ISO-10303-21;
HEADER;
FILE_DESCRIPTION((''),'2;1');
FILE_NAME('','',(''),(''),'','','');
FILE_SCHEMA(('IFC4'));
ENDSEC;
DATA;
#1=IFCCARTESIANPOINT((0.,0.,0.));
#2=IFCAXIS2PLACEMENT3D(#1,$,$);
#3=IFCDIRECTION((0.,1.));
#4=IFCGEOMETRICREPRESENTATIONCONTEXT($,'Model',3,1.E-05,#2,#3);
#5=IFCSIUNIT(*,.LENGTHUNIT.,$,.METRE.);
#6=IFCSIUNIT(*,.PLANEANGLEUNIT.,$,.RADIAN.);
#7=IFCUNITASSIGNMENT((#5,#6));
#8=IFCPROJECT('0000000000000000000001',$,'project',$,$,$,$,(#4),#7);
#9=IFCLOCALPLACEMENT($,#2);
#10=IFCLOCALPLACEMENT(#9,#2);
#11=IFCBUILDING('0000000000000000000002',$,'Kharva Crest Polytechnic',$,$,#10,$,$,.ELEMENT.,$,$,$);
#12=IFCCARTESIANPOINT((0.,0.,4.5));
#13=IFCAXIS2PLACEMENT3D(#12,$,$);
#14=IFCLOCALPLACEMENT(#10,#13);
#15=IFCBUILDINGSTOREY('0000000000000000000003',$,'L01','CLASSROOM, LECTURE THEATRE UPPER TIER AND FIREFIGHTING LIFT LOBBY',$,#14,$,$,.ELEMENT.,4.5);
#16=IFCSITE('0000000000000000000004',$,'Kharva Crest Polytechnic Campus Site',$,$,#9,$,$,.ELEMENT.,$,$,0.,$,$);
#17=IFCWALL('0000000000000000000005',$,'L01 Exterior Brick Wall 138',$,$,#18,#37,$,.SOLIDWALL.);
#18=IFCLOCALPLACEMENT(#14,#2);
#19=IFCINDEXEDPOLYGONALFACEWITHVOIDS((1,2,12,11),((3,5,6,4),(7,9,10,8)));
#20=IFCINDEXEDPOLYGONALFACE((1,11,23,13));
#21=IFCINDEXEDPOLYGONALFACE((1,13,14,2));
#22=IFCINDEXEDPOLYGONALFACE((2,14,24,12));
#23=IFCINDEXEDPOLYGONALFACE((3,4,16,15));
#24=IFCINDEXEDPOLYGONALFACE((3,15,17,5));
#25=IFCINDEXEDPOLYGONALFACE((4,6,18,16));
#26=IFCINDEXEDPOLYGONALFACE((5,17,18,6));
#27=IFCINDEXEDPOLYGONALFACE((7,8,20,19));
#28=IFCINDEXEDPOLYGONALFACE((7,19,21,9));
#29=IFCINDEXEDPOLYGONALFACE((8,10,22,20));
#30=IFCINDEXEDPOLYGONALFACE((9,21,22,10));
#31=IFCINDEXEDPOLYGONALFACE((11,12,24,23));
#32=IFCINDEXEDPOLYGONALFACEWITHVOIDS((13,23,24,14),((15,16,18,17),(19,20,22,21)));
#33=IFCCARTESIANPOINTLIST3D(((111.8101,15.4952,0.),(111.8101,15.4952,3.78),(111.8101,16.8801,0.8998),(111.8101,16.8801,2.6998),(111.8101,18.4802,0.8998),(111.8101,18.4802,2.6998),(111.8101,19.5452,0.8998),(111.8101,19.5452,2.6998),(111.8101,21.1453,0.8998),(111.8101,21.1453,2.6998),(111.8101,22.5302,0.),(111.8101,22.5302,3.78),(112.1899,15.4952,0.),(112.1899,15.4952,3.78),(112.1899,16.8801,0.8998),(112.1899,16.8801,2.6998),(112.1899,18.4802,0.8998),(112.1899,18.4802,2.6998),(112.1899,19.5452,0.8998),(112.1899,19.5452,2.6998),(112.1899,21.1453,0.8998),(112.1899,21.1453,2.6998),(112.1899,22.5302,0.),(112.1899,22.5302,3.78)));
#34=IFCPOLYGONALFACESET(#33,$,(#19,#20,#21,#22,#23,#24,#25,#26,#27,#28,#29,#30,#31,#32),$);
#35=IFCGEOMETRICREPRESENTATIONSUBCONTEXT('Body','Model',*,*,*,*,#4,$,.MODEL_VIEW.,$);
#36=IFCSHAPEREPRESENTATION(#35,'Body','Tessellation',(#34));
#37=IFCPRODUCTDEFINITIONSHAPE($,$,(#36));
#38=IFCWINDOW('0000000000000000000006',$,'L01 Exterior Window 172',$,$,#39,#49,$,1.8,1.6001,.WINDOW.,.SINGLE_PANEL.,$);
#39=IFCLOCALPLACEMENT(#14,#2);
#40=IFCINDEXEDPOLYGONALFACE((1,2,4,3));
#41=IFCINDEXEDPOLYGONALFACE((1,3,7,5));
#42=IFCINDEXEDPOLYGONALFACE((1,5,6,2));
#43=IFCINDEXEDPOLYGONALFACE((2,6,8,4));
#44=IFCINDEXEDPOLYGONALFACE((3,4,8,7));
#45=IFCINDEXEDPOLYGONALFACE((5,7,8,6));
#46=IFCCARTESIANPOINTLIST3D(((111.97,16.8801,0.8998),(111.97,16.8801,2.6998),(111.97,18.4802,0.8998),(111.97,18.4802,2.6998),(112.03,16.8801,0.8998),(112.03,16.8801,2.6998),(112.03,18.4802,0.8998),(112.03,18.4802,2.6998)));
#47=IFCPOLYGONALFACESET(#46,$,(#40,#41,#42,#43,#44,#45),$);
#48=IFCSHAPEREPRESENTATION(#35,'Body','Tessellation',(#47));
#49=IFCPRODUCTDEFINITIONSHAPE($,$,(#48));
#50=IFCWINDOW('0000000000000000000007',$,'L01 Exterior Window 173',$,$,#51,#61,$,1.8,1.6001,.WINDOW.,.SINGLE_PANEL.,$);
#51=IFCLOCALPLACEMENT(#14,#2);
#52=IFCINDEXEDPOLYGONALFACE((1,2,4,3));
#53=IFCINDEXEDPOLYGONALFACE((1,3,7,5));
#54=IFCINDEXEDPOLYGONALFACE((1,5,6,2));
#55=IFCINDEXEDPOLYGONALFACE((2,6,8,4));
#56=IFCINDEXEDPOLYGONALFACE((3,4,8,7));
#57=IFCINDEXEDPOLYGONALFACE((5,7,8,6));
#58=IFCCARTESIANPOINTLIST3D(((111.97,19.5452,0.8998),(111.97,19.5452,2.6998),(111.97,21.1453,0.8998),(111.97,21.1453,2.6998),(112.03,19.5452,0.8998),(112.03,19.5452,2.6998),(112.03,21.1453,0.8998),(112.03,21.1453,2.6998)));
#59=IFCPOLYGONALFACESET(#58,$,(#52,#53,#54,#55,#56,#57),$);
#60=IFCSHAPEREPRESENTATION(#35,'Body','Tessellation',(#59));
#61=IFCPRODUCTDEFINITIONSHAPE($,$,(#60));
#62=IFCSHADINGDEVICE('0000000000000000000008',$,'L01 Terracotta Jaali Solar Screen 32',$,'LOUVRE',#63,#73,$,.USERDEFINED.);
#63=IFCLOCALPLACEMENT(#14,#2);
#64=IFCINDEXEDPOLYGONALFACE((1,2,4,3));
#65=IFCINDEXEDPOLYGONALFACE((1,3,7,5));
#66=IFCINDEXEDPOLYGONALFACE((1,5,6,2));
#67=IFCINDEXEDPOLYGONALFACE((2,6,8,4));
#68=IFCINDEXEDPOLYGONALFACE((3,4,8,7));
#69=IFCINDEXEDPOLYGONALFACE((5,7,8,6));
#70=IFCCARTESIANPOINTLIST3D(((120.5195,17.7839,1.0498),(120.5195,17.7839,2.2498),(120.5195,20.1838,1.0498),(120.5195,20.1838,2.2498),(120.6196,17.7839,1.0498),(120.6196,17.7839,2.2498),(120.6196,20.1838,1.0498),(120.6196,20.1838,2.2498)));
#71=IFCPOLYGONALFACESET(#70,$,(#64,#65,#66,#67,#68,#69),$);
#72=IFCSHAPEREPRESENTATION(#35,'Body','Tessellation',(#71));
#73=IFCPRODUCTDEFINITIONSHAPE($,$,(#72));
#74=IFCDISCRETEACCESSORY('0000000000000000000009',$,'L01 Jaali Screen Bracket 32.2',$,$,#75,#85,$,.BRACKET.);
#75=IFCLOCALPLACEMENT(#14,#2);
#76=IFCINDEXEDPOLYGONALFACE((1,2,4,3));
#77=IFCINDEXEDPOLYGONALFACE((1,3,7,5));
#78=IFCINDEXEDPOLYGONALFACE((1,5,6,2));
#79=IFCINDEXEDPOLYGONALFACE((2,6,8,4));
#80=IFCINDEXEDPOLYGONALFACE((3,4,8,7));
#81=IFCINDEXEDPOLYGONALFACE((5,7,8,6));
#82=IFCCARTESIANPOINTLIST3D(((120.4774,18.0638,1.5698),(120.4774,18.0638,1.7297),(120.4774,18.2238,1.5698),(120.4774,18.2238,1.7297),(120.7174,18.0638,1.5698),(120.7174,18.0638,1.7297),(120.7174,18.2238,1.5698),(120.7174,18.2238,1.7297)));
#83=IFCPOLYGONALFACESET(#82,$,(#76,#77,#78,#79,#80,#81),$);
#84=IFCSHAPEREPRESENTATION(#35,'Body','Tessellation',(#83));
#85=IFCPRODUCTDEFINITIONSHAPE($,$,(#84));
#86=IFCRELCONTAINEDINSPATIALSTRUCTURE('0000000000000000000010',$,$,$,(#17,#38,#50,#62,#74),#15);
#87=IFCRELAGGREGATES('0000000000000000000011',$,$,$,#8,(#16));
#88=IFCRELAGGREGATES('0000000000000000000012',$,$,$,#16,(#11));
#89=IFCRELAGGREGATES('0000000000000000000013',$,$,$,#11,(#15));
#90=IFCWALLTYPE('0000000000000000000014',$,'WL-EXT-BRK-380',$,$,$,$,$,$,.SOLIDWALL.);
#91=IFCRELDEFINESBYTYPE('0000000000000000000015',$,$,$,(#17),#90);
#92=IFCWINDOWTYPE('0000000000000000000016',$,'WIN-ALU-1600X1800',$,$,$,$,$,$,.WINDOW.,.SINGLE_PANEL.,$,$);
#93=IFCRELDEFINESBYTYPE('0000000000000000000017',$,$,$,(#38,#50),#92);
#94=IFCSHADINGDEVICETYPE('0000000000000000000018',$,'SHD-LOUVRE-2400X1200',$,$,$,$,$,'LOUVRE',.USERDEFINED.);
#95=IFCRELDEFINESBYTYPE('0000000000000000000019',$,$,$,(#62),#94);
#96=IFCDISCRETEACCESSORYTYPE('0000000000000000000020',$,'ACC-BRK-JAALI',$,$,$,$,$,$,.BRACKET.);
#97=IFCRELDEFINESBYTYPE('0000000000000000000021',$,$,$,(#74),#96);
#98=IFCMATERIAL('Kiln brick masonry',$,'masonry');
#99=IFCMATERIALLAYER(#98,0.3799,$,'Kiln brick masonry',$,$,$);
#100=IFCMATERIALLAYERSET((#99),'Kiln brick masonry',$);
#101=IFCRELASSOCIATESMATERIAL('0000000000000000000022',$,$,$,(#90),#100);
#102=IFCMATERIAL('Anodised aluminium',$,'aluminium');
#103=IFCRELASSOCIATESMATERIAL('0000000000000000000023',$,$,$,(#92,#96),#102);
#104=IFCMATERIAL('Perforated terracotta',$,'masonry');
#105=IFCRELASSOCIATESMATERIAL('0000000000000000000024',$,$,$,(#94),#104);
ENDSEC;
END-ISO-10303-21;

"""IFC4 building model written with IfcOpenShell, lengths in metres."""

from ifc_helpers import new_model, si_unit, direction, frame, frame_2d, origin, origin_2d, place, context, subcontext, project, spatial, rectangle, extrude, material, layer, layer_set, type_object, element, fill, save


model = new_model("IFC4")

# Units and contexts
model_context = context("Model", 3, precision=1e-05, world=origin(), true_north=direction((0.0, 1.0)))
body_context = subcontext(model_context, "Body", "Model", "MODEL_VIEW")
ifc_project = project(units=[si_unit("LENGTHUNIT", "METRE"), si_unit("PLANEANGLEUNIT", "RADIAN")], contexts=[model_context])

# Site, building, storey
site_placement = place(None, origin())
site = spatial("IfcSite", under=ifc_project, at=site_placement, Name="Kharva Crest Polytechnic Campus Site", CompositionType="ELEMENT", RefElevation=0.0)
building_placement = place(site_placement, origin())
building = spatial("IfcBuilding", under=site, at=building_placement, Name="Kharva Crest Polytechnic", CompositionType="ELEMENT")
storey_placement = place(building_placement, frame((0.0, 0.0, 4.5)))
storey = spatial("IfcBuildingStorey", under=building, at=storey_placement, Name="L01", Description="CLASSROOM, LECTURE THEATRE UPPER TIER AND FIREFIGHTING LIFT LOBBY", CompositionType="ELEMENT", Elevation=4.5)

# Wall, openings, windows
ifc_material_1 = material(Name="Kiln brick masonry", Category="masonry")
ifc_layer_1 = layer(ifc_material_1, 0.3799, Name="Kiln brick masonry")
ifc_layer_set_1 = layer_set([ifc_layer_1], Name="Kiln brick masonry")
wall_type = type_object("IfcWallType", Name="WL-EXT-BRK-380", PredefinedType="SOLIDWALL", material=ifc_layer_set_1)
wall_placement = place(storey_placement, frame((112.0, 15.4951, 0.0), z_axis=(0.0, 0.0, 1.0), x_axis=(0.0, 1.0, 0.0)))
wall = element("IfcWall", 1, at=wall_placement, inside=storey, type_object=wall_type, Name="L01 Exterior Brick Wall 138", PredefinedType="SOLIDWALL", context=body_context, shape_type="SweptSolid", body=[
    extrude(rectangle(XDim=7.0349, YDim=0.3799, at=frame_2d((3.5176, 0.0))), origin(), (0.0, 0.0, 1.0), 3.78),
])
opening_1_placement = place(wall_placement, frame((1.385, 0.0, 0.8999)))
opening_1 = element("IfcOpeningElement", 2, at=opening_1_placement, cuts=wall, PredefinedType="OPENING", context=body_context, shape_type="SweptSolid", body=[
    extrude(rectangle(XDim=1.6001, YDim=1.8, at=frame_2d((0.8, 0.8999))), frame((0.0, 0.2, 0.0), z_axis=(0.0, -1.0, 0.0), x_axis=(1.0, 0.0, 0.0)), (0.0, 0.0, 1.0), 0.3999),
])
opening_2_placement = place(wall_placement, frame((4.05, 0.0, 0.8999)))
opening_2 = element("IfcOpeningElement", 3, at=opening_2_placement, cuts=wall, PredefinedType="OPENING", context=body_context, shape_type="SweptSolid", body=[
    extrude(rectangle(XDim=1.6001, YDim=1.8, at=frame_2d((0.8, 0.8999))), frame((0.0, 0.2, 0.0), z_axis=(0.0, -1.0, 0.0), x_axis=(1.0, 0.0, 0.0)), (0.0, 0.0, 1.0), 0.3999),
])
ifc_material_2 = material(Name="Anodised aluminium", Category="aluminium")
window_type = type_object("IfcWindowType", Name="WIN-ALU-1600X1800", PartitioningType="SINGLE_PANEL", PredefinedType="WINDOW", material=ifc_material_2)
window_1_placement = place(opening_1_placement, origin())
window_1 = element("IfcWindow", 4, at=window_1_placement, inside=storey, type_object=window_type, Name="L01 Exterior Window 172", OverallHeight=1.8, OverallWidth=1.6001, PartitioningType="SINGLE_PANEL", PredefinedType="WINDOW", context=body_context, shape_type="SweptSolid", body=[
    extrude(rectangle(XDim=1.6001, YDim=1.8, at=frame_2d((0.8, 0.8999))), frame((0.0, 0.03, 0.0), z_axis=(0.0, -1.0, 0.0), x_axis=(1.0, 0.0, 0.0)), (0.0, 0.0, 1.0), 0.0601),
])
fill(opening_1, window_1)
window_2_placement = place(opening_2_placement, origin())
window_2 = element("IfcWindow", 5, at=window_2_placement, inside=storey, type_object=window_type, Name="L01 Exterior Window 173", OverallHeight=1.8, OverallWidth=1.6001, PartitioningType="SINGLE_PANEL", PredefinedType="WINDOW", context=body_context, shape_type="SweptSolid", body=[
    extrude(rectangle(XDim=1.6001, YDim=1.8, at=frame_2d((0.8, 0.8999))), frame((0.0, 0.03, 0.0), z_axis=(0.0, -1.0, 0.0), x_axis=(1.0, 0.0, 0.0)), (0.0, 0.0, 1.0), 0.0601),
])
fill(opening_2, window_2)

# Shading device
ifc_material_3 = material(Name="Perforated terracotta", Category="masonry")
shading_device_type = type_object("IfcShadingDeviceType", Name="SHD-LOUVRE-2400X1200", ElementType="LOUVRE", PredefinedType="USERDEFINED", material=ifc_material_3)
shading_device_placement = place(storey_placement, frame((120.5696, 18.9839, 1.0498), z_axis=(0.0, 0.0, 1.0), x_axis=(0.0, 1.0, 0.0)))
element("IfcShadingDevice", 6, at=shading_device_placement, inside=storey, type_object=shading_device_type, Name="L01 Terracotta Jaali Solar Screen 32", ObjectType="LOUVRE", PredefinedType="USERDEFINED", context=body_context, shape_type="SweptSolid", body=[
    extrude(rectangle(XDim=2.3999, YDim=0.1001, at=origin_2d()), origin(), (0.0, 0.0, 1.0), 1.2),
])

# Discrete accessory
discrete_accessory_type = type_object("IfcDiscreteAccessoryType", Name="ACC-BRK-JAALI", PredefinedType="BRACKET", material=ifc_material_2)
discrete_accessory_placement = place(storey_placement, frame((120.5974, 18.1438, 1.5698), z_axis=(0.0, 0.0, 1.0), x_axis=(0.0, 1.0, 0.0)))
element("IfcDiscreteAccessory", 7, at=discrete_accessory_placement, inside=storey, type_object=discrete_accessory_type, Name="L01 Jaali Screen Bracket 32.2", PredefinedType="BRACKET", context=body_context, shape_type="SweptSolid", body=[
    extrude(rectangle(XDim=0.1599, YDim=0.24, at=origin_2d()), origin(), (0.0, 0.0, 1.0), 0.1599),
])

save(model, "model.ifc")
